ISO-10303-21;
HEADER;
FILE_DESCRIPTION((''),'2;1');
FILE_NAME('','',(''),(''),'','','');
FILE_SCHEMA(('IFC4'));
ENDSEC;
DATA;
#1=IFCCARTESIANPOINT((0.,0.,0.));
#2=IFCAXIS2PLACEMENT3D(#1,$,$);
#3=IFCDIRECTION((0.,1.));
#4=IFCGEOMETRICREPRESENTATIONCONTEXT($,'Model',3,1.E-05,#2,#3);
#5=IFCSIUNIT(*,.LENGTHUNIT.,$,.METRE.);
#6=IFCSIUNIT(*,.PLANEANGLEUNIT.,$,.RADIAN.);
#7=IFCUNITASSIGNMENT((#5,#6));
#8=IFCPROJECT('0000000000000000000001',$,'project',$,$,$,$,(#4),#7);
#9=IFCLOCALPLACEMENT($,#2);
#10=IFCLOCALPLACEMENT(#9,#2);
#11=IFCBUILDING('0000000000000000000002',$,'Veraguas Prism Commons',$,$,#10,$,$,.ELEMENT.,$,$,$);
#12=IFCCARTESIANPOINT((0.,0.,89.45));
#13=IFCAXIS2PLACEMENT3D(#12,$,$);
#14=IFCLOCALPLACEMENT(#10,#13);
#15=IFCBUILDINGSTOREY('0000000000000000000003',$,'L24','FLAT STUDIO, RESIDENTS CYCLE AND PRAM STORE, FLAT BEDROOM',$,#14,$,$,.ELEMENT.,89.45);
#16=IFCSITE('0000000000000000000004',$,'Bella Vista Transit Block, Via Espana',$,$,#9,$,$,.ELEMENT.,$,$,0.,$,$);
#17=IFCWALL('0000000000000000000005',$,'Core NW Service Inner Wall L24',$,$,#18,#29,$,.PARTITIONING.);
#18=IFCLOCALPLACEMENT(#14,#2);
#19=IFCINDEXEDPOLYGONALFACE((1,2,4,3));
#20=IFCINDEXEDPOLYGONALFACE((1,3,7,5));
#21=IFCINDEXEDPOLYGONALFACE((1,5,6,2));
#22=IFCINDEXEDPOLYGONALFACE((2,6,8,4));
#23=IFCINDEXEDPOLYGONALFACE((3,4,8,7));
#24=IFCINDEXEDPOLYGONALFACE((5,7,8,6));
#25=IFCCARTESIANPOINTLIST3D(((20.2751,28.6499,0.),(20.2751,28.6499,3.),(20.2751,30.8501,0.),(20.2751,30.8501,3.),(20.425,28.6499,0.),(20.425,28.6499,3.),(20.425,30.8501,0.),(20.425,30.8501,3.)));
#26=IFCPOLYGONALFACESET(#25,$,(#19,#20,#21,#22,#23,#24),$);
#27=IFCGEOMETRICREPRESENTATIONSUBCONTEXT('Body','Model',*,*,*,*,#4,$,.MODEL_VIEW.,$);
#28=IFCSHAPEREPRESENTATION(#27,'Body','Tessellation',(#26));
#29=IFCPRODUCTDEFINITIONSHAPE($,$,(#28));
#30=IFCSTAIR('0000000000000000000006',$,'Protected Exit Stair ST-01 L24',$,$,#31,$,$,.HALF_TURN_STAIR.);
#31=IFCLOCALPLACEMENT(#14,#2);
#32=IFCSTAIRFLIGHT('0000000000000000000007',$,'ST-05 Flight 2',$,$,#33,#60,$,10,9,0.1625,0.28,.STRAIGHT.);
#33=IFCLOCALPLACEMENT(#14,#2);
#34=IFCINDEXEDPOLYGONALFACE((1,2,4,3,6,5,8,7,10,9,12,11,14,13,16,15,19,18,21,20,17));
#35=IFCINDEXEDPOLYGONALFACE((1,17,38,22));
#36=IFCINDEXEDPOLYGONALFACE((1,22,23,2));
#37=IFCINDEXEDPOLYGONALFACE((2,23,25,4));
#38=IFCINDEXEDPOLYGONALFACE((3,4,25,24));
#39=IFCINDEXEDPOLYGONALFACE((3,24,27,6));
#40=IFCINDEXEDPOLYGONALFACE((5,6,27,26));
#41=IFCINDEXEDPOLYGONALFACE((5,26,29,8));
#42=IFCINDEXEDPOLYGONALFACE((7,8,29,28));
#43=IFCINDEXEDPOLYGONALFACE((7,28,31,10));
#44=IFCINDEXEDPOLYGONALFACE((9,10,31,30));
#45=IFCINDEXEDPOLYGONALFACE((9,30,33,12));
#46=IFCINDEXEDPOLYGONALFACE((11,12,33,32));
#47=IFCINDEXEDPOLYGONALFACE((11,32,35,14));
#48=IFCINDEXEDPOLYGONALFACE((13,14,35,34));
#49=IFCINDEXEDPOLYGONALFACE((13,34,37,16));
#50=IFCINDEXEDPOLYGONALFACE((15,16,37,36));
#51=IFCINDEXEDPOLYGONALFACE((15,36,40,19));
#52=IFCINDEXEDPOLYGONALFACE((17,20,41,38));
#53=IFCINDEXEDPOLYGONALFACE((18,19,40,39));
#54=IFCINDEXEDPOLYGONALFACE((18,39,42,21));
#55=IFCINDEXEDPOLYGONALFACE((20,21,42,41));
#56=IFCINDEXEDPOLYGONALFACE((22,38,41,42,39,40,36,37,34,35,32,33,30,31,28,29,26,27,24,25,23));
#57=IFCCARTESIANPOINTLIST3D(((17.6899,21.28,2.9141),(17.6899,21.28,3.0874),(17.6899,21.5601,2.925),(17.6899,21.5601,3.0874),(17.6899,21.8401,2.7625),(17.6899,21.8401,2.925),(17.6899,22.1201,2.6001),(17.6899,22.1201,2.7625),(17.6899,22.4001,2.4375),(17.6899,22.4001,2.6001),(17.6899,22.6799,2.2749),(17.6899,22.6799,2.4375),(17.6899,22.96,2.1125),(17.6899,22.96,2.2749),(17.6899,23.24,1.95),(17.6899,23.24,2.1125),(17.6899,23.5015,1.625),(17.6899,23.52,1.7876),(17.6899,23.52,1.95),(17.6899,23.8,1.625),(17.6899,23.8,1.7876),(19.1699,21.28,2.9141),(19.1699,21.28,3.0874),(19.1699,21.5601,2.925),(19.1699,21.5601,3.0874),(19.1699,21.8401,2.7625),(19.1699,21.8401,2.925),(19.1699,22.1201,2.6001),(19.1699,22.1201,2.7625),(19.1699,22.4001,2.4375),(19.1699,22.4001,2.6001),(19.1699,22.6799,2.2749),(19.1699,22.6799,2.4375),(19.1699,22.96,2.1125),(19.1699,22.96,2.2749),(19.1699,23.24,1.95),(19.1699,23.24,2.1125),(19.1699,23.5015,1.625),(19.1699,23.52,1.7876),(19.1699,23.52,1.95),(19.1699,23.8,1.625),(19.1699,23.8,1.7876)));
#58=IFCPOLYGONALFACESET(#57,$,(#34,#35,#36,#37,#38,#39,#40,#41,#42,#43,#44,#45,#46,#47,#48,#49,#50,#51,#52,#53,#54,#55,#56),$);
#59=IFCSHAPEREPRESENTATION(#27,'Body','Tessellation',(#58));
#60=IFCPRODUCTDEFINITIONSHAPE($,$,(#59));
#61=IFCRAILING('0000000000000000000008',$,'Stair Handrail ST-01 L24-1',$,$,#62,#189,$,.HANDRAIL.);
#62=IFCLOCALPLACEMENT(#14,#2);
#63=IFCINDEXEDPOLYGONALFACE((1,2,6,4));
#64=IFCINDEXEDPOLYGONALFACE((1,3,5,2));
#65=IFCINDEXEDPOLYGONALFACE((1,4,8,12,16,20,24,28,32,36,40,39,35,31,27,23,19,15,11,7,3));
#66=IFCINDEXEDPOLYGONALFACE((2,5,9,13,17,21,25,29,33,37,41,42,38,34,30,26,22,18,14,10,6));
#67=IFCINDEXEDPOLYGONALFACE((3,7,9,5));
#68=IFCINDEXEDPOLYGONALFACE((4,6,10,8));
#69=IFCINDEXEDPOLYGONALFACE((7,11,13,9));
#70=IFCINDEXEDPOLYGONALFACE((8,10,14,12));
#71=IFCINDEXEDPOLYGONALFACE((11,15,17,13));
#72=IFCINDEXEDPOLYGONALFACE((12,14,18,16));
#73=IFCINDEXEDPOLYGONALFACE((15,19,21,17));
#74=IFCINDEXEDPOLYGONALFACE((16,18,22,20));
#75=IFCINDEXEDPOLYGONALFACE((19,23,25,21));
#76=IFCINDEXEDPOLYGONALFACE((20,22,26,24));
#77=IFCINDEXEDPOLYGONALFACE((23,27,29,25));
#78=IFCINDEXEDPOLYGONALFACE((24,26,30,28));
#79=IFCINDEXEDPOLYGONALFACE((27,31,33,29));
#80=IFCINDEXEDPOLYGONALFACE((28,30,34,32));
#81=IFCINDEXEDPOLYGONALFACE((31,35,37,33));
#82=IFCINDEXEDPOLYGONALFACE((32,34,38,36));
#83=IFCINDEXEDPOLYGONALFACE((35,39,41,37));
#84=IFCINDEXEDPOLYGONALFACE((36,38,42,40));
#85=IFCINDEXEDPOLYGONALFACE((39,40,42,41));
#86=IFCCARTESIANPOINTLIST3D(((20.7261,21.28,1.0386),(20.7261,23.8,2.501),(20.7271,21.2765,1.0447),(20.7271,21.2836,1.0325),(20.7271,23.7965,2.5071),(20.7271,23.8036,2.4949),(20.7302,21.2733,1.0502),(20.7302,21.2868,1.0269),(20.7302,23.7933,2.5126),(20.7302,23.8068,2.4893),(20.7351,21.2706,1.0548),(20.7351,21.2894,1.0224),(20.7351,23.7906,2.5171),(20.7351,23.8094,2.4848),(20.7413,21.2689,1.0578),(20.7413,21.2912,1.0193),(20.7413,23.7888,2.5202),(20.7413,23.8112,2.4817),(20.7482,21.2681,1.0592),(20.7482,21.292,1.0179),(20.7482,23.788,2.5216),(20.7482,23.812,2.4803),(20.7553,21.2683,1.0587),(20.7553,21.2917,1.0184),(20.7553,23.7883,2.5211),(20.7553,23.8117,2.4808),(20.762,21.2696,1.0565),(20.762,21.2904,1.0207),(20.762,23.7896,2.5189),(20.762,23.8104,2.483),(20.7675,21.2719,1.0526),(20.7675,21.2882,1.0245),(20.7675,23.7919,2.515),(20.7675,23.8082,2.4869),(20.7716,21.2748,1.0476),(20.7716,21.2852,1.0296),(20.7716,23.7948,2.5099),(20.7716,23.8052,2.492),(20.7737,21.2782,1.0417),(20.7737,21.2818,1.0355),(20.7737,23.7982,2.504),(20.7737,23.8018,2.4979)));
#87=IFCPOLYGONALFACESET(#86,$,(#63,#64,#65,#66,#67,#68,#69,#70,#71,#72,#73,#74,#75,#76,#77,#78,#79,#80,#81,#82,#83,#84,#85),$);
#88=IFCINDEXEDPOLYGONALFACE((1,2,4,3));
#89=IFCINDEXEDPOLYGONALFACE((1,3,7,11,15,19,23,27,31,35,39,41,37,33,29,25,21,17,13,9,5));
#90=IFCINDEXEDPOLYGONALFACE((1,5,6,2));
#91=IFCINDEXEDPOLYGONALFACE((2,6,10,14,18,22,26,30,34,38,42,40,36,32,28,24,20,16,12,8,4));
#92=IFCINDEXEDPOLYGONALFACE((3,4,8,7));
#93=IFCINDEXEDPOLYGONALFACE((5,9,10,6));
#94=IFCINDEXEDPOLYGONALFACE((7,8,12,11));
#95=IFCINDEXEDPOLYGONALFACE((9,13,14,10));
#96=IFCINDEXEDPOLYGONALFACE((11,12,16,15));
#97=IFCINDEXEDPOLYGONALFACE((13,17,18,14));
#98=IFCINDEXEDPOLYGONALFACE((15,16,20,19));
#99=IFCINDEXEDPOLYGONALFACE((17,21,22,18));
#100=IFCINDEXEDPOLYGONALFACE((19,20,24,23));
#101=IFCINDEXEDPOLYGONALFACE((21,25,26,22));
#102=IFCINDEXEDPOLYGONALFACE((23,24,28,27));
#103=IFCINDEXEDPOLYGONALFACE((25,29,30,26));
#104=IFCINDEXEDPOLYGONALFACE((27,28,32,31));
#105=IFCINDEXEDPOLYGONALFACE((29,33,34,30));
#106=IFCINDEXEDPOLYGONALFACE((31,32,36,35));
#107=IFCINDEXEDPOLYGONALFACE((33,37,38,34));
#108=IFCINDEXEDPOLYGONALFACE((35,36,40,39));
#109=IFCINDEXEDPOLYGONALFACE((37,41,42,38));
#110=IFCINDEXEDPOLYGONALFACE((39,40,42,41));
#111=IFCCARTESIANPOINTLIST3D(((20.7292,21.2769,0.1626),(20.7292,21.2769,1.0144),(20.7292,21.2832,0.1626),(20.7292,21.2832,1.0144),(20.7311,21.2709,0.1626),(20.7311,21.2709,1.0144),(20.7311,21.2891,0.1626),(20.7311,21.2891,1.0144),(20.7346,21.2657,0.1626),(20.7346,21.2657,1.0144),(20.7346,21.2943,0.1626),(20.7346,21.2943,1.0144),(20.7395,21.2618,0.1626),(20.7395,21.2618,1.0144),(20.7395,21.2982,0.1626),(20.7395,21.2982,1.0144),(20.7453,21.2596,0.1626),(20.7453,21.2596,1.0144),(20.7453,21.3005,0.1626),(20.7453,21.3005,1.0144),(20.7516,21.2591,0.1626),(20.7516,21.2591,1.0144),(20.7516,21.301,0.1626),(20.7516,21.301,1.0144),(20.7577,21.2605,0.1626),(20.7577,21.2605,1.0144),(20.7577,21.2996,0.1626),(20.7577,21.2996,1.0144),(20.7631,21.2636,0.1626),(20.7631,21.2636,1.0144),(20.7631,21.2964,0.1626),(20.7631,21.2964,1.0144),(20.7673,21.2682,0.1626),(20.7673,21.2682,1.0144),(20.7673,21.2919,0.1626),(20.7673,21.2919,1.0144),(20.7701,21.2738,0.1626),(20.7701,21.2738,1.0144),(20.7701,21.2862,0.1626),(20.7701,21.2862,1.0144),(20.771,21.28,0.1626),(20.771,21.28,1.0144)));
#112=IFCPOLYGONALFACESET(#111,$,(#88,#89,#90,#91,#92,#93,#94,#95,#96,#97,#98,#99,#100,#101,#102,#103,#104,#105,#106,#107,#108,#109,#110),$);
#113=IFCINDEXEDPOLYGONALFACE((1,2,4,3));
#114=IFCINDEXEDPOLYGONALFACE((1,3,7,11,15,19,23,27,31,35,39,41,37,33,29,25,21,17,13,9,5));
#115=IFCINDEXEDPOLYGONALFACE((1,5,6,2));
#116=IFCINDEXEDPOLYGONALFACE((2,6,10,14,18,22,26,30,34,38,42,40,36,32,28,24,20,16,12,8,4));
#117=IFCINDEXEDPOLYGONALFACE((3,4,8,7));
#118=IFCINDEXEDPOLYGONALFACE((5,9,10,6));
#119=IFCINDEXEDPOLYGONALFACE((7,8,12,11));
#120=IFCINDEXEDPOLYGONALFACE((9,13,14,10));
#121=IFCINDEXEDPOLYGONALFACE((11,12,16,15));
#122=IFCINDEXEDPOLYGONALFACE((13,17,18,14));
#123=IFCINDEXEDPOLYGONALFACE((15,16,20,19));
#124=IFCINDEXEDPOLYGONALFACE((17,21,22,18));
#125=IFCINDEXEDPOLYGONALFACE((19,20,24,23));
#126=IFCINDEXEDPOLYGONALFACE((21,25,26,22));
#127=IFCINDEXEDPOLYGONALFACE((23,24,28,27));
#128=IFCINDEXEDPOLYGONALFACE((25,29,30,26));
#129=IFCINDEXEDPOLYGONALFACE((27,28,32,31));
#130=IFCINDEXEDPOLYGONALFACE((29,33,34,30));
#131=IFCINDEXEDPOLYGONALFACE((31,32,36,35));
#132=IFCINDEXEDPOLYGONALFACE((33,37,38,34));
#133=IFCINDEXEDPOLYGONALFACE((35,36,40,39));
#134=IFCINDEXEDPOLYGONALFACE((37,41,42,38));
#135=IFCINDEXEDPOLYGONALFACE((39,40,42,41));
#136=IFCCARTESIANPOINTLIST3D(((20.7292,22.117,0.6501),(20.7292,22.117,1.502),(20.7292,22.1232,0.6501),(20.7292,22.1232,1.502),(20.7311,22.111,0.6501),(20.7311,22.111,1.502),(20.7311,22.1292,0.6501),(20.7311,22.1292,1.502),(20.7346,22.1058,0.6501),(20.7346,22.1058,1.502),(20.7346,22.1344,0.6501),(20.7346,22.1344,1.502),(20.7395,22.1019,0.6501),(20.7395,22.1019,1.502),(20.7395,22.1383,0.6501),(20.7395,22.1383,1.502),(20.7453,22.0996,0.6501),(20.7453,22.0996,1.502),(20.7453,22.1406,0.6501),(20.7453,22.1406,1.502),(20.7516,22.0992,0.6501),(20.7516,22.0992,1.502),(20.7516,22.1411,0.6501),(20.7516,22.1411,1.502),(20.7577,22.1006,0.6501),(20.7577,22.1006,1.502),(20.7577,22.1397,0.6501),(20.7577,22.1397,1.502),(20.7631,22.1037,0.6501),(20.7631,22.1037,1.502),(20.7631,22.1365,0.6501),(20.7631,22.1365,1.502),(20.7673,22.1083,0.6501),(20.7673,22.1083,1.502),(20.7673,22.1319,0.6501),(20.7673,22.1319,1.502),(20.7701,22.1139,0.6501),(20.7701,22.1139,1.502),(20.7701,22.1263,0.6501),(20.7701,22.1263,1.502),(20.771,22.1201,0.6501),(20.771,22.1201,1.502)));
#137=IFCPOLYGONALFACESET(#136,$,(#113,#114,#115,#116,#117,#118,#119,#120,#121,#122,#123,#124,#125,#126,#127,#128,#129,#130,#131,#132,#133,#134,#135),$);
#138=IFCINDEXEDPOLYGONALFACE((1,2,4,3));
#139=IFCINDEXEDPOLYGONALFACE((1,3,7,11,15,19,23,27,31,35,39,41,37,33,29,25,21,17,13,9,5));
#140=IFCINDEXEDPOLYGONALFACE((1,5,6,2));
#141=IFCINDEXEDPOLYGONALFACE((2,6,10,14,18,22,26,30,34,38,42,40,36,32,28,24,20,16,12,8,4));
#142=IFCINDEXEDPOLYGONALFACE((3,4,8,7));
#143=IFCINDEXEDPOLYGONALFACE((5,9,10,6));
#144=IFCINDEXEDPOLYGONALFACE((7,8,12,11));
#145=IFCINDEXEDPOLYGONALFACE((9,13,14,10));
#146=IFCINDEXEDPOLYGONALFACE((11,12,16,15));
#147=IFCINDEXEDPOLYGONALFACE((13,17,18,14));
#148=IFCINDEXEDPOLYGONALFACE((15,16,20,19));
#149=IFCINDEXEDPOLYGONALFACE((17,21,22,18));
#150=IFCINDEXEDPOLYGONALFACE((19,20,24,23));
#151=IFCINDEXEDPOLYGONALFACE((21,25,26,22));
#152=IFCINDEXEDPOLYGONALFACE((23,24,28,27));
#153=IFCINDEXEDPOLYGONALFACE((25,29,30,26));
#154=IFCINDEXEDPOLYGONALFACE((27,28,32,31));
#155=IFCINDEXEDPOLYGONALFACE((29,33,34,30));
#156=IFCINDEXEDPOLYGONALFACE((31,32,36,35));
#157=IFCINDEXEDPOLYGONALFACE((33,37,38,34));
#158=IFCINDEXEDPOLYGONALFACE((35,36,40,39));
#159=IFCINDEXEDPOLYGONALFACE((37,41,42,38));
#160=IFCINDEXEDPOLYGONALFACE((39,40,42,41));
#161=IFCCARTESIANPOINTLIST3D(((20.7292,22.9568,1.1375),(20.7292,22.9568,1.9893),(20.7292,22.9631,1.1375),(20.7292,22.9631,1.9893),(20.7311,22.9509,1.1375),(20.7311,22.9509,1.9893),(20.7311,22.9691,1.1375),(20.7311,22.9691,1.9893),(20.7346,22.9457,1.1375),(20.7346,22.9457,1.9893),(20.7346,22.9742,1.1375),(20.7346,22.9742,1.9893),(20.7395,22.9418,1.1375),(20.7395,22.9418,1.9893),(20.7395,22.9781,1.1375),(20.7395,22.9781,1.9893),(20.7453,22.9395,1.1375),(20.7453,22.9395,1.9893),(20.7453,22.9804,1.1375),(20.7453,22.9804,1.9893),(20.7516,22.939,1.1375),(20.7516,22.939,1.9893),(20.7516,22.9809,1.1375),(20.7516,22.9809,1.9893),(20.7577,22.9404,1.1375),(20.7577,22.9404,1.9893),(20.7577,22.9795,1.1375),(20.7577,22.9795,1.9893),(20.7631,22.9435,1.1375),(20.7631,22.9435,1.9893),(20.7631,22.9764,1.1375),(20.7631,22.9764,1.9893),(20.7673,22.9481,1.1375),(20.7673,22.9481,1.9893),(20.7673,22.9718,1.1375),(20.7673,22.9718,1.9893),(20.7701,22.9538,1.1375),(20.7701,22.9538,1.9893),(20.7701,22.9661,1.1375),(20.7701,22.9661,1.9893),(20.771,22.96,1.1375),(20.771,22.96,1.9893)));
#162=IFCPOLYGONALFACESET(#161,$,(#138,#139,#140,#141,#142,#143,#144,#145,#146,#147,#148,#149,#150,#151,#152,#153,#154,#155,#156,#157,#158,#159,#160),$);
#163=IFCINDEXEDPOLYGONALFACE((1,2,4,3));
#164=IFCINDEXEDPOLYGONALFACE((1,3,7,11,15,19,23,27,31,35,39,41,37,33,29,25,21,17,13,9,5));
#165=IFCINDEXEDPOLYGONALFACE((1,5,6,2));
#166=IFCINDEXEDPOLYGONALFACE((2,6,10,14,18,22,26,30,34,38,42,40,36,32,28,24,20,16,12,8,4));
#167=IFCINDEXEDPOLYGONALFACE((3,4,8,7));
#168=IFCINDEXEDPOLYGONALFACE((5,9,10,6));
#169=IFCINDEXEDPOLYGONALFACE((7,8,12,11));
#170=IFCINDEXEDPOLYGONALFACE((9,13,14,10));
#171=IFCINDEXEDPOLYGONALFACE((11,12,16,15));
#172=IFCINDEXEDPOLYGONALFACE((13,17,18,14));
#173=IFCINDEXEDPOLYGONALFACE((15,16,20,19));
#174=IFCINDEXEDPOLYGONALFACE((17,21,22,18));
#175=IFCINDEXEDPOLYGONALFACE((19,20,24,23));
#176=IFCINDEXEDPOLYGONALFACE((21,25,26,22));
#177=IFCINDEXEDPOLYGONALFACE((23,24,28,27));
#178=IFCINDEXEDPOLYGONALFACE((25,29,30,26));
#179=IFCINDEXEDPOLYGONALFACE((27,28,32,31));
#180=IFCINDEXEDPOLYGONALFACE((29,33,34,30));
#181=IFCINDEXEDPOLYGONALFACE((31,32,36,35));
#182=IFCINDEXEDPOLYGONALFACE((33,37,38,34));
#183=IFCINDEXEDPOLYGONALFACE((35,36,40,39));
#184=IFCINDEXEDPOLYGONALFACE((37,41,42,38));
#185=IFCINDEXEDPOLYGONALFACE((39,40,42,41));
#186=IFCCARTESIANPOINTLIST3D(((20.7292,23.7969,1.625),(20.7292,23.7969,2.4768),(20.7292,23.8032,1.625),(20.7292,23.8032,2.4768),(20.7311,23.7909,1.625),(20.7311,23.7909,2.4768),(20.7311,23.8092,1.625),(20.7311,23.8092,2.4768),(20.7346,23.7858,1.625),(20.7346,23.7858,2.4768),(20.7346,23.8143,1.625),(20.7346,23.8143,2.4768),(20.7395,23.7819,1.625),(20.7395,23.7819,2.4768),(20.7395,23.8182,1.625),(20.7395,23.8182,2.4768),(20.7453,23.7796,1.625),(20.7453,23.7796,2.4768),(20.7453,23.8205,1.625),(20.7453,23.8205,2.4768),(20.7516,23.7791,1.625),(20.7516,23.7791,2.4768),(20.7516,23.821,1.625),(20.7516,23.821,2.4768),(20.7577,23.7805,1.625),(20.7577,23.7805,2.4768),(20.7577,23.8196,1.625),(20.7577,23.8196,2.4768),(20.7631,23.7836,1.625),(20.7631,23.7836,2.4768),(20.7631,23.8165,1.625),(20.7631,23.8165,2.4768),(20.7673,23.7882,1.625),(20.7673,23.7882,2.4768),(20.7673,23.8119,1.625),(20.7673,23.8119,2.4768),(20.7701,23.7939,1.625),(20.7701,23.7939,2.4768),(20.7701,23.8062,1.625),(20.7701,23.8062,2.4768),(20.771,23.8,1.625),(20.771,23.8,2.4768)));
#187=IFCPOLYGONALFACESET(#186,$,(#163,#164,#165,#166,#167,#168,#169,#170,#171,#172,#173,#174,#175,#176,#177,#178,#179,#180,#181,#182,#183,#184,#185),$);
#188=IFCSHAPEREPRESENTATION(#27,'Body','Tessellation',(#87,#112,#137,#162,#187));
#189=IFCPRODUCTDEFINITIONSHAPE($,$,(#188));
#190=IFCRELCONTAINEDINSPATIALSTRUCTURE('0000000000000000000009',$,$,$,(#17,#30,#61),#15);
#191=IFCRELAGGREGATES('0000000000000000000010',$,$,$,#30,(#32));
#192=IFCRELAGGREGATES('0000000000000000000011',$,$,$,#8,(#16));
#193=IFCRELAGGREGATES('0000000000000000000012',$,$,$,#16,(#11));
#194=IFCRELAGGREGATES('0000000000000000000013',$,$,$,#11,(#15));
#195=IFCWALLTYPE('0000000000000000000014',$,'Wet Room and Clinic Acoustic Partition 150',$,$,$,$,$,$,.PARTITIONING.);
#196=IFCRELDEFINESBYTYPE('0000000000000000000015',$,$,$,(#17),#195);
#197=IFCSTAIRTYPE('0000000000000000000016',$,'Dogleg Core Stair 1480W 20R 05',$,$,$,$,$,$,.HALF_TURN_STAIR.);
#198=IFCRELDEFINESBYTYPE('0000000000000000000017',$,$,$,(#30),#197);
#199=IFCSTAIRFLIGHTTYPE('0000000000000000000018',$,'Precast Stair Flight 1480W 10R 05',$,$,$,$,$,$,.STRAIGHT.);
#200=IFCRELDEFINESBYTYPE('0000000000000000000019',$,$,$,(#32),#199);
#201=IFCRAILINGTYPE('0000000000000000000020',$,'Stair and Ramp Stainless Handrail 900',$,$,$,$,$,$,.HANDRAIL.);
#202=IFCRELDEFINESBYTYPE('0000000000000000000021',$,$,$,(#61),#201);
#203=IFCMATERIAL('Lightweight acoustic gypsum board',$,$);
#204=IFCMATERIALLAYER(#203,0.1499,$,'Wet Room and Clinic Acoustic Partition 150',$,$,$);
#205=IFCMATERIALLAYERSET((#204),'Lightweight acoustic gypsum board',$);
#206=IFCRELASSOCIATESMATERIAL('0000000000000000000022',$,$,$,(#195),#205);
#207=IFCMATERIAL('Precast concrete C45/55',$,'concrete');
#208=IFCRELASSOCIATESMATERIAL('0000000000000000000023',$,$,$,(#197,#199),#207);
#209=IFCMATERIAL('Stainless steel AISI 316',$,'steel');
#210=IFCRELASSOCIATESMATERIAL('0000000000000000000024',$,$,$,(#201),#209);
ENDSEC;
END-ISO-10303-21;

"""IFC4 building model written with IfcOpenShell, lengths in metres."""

from ifc_helpers import new_model, si_unit, direction, frame, frame_2d, origin, origin_2d, place, context, subcontext, project, spatial, polyline, rectangle, circle, outline, extrude, material, layer, layer_set, type_object, element, aggregate, save


model = new_model("IFC4")

# Units and contexts
model_context = context("Model", 3, precision=1e-05, world=origin(), true_north=direction((0.0, 1.0)))
body_context = subcontext(model_context, "Body", "Model", "MODEL_VIEW")
ifc_project = project(units=[si_unit("LENGTHUNIT", "METRE"), si_unit("PLANEANGLEUNIT", "RADIAN")], contexts=[model_context])

# Site, building, storey
site_placement = place(None, origin())
site = spatial("IfcSite", under=ifc_project, at=site_placement, Name="Bella Vista Transit Block, Via Espana", CompositionType="ELEMENT", RefElevation=0.0)
building_placement = place(site_placement, origin())
building = spatial("IfcBuilding", under=site, at=building_placement, Name="Veraguas Prism Commons", CompositionType="ELEMENT")
storey_placement = place(building_placement, frame((0.0, 0.0, 89.45)))
storey = spatial("IfcBuildingStorey", under=building, at=storey_placement, Name="L24", Description="FLAT STUDIO, RESIDENTS CYCLE AND PRAM STORE, FLAT BEDROOM", CompositionType="ELEMENT", Elevation=89.45)

# Wall
ifc_material_1 = material(Name="Lightweight acoustic gypsum board")
ifc_layer_1 = layer(ifc_material_1, 0.1499, Name="Wet Room and Clinic Acoustic Partition 150")
ifc_layer_set_1 = layer_set([ifc_layer_1], Name="Lightweight acoustic gypsum board")
wall_type_1 = type_object("IfcWallType", Name="Wet Room and Clinic Acoustic Partition 150", PredefinedType="PARTITIONING", material=ifc_layer_set_1)
wall_1_placement = place(storey_placement, frame((20.3501, 28.6499, 0.0), z_axis=(0.0, 0.0, 1.0), x_axis=(0.0, 1.0, 0.0)))
element("IfcWall", 1, at=wall_1_placement, inside=storey, type_object=wall_type_1, Name="Core NW Service Inner Wall L24", PredefinedType="PARTITIONING", context=body_context, shape_type="SweptSolid", body=[
    extrude(rectangle(XDim=2.2002, YDim=0.1499, at=frame_2d((1.1001, 0.0))), origin(), (0.0, 0.0, 1.0), 3.0),
])

# Stair, stair flight
ifc_material_2 = material(Name="Precast concrete C45/55", Category="concrete")
stair_type = type_object("IfcStairType", Name="Dogleg Core Stair 1480W 20R 05", PredefinedType="HALF_TURN_STAIR", material=ifc_material_2)
stair_placement = place(storey_placement, origin())
stair = element("IfcStair", 2, at=stair_placement, inside=storey, type_object=stair_type, Name="Protected Exit Stair ST-01 L24", PredefinedType="HALF_TURN_STAIR")
stair_flight_type = type_object("IfcStairFlightType", Name="Precast Stair Flight 1480W 10R 05", PredefinedType="STRAIGHT", material=ifc_material_2)
stair_flight_placement = place(storey_placement, frame((18.4299, 23.8, 1.625), z_axis=(0.0, 0.0, 1.0), x_axis=(0.0, -1.0, 0.0)))
stair_flight = element("IfcStairFlight", 3, at=stair_flight_placement, type_object=stair_flight_type, Name="ST-05 Flight 2", NumberOfRisers=10, NumberOfTreads=9, PredefinedType="STRAIGHT", RiserHeight=0.1625, TreadLength=0.28, context=body_context, shape_type="SweptSolid", body=[
    extrude(outline(polyline([(0.0, 0.0), (0.0, 0.1626), (0.28, 0.1626), (0.28, 0.325), (0.5601, 0.325), (0.5601, 0.4875), (0.8401, 0.4875), (0.8401, 0.6499), (1.1201, 0.6499), (1.1201, 0.8125), (1.3999, 0.8125), (1.3999, 0.9751), (1.6799, 0.9751), (1.6799, 1.1375), (1.96, 1.1375), (1.96, 1.3), (2.24, 1.3), (2.24, 1.4624), (2.52, 1.4624), (2.52, 1.625), (2.52, 1.2891), (0.2986, 0.0), (0.0, 0.0)])), frame((0.0, 0.74, 0.0), z_axis=(0.0, -1.0, 0.0), x_axis=(1.0, 0.0, 0.0)), (0.0, 0.0, 1.0), 1.48),
])
aggregate(stair, [stair_flight])

# Railing
ifc_material_3 = material(Name="Stainless steel AISI 316", Category="steel")
railing_type_1 = type_object("IfcRailingType", Name="Stair and Ramp Stainless Handrail 900", PredefinedType="HANDRAIL", material=ifc_material_3)
railing_1_placement = place(storey_placement, frame((20.75, 21.28, 0.1626)))
element("IfcRailing", 4, at=railing_1_placement, inside=storey, type_object=railing_type_1, Name="Stair Handrail ST-01 L24-1", PredefinedType="HANDRAIL", context=body_context, shape_type="SweptSolid", body=[
    extrude(circle(Radius=0.0239, at=origin_2d()), frame((0.0, 0.0, 0.876), z_axis=(0.0, 0.864913, 0.501921), x_axis=(-1.0, 0.0, 0.0)), (0.0, 0.0, 1.0), 2.9136),
    extrude(circle(Radius=0.021, at=origin_2d()), origin(), (0.0, 0.0, 1.0), 0.8518),
    extrude(circle(Radius=0.021, at=origin_2d()), frame((0.0, 0.8401, 0.4875)), (0.0, 0.0, 1.0), 0.8518),
    extrude(circle(Radius=0.021, at=origin_2d()), frame((0.0, 1.6799, 0.9749)), (0.0, 0.0, 1.0), 0.8518),
    extrude(circle(Radius=0.021, at=origin_2d()), frame((0.0, 2.52, 1.4624)), (0.0, 0.0, 1.0), 0.8518),
])

save(model, "model.ifc")
